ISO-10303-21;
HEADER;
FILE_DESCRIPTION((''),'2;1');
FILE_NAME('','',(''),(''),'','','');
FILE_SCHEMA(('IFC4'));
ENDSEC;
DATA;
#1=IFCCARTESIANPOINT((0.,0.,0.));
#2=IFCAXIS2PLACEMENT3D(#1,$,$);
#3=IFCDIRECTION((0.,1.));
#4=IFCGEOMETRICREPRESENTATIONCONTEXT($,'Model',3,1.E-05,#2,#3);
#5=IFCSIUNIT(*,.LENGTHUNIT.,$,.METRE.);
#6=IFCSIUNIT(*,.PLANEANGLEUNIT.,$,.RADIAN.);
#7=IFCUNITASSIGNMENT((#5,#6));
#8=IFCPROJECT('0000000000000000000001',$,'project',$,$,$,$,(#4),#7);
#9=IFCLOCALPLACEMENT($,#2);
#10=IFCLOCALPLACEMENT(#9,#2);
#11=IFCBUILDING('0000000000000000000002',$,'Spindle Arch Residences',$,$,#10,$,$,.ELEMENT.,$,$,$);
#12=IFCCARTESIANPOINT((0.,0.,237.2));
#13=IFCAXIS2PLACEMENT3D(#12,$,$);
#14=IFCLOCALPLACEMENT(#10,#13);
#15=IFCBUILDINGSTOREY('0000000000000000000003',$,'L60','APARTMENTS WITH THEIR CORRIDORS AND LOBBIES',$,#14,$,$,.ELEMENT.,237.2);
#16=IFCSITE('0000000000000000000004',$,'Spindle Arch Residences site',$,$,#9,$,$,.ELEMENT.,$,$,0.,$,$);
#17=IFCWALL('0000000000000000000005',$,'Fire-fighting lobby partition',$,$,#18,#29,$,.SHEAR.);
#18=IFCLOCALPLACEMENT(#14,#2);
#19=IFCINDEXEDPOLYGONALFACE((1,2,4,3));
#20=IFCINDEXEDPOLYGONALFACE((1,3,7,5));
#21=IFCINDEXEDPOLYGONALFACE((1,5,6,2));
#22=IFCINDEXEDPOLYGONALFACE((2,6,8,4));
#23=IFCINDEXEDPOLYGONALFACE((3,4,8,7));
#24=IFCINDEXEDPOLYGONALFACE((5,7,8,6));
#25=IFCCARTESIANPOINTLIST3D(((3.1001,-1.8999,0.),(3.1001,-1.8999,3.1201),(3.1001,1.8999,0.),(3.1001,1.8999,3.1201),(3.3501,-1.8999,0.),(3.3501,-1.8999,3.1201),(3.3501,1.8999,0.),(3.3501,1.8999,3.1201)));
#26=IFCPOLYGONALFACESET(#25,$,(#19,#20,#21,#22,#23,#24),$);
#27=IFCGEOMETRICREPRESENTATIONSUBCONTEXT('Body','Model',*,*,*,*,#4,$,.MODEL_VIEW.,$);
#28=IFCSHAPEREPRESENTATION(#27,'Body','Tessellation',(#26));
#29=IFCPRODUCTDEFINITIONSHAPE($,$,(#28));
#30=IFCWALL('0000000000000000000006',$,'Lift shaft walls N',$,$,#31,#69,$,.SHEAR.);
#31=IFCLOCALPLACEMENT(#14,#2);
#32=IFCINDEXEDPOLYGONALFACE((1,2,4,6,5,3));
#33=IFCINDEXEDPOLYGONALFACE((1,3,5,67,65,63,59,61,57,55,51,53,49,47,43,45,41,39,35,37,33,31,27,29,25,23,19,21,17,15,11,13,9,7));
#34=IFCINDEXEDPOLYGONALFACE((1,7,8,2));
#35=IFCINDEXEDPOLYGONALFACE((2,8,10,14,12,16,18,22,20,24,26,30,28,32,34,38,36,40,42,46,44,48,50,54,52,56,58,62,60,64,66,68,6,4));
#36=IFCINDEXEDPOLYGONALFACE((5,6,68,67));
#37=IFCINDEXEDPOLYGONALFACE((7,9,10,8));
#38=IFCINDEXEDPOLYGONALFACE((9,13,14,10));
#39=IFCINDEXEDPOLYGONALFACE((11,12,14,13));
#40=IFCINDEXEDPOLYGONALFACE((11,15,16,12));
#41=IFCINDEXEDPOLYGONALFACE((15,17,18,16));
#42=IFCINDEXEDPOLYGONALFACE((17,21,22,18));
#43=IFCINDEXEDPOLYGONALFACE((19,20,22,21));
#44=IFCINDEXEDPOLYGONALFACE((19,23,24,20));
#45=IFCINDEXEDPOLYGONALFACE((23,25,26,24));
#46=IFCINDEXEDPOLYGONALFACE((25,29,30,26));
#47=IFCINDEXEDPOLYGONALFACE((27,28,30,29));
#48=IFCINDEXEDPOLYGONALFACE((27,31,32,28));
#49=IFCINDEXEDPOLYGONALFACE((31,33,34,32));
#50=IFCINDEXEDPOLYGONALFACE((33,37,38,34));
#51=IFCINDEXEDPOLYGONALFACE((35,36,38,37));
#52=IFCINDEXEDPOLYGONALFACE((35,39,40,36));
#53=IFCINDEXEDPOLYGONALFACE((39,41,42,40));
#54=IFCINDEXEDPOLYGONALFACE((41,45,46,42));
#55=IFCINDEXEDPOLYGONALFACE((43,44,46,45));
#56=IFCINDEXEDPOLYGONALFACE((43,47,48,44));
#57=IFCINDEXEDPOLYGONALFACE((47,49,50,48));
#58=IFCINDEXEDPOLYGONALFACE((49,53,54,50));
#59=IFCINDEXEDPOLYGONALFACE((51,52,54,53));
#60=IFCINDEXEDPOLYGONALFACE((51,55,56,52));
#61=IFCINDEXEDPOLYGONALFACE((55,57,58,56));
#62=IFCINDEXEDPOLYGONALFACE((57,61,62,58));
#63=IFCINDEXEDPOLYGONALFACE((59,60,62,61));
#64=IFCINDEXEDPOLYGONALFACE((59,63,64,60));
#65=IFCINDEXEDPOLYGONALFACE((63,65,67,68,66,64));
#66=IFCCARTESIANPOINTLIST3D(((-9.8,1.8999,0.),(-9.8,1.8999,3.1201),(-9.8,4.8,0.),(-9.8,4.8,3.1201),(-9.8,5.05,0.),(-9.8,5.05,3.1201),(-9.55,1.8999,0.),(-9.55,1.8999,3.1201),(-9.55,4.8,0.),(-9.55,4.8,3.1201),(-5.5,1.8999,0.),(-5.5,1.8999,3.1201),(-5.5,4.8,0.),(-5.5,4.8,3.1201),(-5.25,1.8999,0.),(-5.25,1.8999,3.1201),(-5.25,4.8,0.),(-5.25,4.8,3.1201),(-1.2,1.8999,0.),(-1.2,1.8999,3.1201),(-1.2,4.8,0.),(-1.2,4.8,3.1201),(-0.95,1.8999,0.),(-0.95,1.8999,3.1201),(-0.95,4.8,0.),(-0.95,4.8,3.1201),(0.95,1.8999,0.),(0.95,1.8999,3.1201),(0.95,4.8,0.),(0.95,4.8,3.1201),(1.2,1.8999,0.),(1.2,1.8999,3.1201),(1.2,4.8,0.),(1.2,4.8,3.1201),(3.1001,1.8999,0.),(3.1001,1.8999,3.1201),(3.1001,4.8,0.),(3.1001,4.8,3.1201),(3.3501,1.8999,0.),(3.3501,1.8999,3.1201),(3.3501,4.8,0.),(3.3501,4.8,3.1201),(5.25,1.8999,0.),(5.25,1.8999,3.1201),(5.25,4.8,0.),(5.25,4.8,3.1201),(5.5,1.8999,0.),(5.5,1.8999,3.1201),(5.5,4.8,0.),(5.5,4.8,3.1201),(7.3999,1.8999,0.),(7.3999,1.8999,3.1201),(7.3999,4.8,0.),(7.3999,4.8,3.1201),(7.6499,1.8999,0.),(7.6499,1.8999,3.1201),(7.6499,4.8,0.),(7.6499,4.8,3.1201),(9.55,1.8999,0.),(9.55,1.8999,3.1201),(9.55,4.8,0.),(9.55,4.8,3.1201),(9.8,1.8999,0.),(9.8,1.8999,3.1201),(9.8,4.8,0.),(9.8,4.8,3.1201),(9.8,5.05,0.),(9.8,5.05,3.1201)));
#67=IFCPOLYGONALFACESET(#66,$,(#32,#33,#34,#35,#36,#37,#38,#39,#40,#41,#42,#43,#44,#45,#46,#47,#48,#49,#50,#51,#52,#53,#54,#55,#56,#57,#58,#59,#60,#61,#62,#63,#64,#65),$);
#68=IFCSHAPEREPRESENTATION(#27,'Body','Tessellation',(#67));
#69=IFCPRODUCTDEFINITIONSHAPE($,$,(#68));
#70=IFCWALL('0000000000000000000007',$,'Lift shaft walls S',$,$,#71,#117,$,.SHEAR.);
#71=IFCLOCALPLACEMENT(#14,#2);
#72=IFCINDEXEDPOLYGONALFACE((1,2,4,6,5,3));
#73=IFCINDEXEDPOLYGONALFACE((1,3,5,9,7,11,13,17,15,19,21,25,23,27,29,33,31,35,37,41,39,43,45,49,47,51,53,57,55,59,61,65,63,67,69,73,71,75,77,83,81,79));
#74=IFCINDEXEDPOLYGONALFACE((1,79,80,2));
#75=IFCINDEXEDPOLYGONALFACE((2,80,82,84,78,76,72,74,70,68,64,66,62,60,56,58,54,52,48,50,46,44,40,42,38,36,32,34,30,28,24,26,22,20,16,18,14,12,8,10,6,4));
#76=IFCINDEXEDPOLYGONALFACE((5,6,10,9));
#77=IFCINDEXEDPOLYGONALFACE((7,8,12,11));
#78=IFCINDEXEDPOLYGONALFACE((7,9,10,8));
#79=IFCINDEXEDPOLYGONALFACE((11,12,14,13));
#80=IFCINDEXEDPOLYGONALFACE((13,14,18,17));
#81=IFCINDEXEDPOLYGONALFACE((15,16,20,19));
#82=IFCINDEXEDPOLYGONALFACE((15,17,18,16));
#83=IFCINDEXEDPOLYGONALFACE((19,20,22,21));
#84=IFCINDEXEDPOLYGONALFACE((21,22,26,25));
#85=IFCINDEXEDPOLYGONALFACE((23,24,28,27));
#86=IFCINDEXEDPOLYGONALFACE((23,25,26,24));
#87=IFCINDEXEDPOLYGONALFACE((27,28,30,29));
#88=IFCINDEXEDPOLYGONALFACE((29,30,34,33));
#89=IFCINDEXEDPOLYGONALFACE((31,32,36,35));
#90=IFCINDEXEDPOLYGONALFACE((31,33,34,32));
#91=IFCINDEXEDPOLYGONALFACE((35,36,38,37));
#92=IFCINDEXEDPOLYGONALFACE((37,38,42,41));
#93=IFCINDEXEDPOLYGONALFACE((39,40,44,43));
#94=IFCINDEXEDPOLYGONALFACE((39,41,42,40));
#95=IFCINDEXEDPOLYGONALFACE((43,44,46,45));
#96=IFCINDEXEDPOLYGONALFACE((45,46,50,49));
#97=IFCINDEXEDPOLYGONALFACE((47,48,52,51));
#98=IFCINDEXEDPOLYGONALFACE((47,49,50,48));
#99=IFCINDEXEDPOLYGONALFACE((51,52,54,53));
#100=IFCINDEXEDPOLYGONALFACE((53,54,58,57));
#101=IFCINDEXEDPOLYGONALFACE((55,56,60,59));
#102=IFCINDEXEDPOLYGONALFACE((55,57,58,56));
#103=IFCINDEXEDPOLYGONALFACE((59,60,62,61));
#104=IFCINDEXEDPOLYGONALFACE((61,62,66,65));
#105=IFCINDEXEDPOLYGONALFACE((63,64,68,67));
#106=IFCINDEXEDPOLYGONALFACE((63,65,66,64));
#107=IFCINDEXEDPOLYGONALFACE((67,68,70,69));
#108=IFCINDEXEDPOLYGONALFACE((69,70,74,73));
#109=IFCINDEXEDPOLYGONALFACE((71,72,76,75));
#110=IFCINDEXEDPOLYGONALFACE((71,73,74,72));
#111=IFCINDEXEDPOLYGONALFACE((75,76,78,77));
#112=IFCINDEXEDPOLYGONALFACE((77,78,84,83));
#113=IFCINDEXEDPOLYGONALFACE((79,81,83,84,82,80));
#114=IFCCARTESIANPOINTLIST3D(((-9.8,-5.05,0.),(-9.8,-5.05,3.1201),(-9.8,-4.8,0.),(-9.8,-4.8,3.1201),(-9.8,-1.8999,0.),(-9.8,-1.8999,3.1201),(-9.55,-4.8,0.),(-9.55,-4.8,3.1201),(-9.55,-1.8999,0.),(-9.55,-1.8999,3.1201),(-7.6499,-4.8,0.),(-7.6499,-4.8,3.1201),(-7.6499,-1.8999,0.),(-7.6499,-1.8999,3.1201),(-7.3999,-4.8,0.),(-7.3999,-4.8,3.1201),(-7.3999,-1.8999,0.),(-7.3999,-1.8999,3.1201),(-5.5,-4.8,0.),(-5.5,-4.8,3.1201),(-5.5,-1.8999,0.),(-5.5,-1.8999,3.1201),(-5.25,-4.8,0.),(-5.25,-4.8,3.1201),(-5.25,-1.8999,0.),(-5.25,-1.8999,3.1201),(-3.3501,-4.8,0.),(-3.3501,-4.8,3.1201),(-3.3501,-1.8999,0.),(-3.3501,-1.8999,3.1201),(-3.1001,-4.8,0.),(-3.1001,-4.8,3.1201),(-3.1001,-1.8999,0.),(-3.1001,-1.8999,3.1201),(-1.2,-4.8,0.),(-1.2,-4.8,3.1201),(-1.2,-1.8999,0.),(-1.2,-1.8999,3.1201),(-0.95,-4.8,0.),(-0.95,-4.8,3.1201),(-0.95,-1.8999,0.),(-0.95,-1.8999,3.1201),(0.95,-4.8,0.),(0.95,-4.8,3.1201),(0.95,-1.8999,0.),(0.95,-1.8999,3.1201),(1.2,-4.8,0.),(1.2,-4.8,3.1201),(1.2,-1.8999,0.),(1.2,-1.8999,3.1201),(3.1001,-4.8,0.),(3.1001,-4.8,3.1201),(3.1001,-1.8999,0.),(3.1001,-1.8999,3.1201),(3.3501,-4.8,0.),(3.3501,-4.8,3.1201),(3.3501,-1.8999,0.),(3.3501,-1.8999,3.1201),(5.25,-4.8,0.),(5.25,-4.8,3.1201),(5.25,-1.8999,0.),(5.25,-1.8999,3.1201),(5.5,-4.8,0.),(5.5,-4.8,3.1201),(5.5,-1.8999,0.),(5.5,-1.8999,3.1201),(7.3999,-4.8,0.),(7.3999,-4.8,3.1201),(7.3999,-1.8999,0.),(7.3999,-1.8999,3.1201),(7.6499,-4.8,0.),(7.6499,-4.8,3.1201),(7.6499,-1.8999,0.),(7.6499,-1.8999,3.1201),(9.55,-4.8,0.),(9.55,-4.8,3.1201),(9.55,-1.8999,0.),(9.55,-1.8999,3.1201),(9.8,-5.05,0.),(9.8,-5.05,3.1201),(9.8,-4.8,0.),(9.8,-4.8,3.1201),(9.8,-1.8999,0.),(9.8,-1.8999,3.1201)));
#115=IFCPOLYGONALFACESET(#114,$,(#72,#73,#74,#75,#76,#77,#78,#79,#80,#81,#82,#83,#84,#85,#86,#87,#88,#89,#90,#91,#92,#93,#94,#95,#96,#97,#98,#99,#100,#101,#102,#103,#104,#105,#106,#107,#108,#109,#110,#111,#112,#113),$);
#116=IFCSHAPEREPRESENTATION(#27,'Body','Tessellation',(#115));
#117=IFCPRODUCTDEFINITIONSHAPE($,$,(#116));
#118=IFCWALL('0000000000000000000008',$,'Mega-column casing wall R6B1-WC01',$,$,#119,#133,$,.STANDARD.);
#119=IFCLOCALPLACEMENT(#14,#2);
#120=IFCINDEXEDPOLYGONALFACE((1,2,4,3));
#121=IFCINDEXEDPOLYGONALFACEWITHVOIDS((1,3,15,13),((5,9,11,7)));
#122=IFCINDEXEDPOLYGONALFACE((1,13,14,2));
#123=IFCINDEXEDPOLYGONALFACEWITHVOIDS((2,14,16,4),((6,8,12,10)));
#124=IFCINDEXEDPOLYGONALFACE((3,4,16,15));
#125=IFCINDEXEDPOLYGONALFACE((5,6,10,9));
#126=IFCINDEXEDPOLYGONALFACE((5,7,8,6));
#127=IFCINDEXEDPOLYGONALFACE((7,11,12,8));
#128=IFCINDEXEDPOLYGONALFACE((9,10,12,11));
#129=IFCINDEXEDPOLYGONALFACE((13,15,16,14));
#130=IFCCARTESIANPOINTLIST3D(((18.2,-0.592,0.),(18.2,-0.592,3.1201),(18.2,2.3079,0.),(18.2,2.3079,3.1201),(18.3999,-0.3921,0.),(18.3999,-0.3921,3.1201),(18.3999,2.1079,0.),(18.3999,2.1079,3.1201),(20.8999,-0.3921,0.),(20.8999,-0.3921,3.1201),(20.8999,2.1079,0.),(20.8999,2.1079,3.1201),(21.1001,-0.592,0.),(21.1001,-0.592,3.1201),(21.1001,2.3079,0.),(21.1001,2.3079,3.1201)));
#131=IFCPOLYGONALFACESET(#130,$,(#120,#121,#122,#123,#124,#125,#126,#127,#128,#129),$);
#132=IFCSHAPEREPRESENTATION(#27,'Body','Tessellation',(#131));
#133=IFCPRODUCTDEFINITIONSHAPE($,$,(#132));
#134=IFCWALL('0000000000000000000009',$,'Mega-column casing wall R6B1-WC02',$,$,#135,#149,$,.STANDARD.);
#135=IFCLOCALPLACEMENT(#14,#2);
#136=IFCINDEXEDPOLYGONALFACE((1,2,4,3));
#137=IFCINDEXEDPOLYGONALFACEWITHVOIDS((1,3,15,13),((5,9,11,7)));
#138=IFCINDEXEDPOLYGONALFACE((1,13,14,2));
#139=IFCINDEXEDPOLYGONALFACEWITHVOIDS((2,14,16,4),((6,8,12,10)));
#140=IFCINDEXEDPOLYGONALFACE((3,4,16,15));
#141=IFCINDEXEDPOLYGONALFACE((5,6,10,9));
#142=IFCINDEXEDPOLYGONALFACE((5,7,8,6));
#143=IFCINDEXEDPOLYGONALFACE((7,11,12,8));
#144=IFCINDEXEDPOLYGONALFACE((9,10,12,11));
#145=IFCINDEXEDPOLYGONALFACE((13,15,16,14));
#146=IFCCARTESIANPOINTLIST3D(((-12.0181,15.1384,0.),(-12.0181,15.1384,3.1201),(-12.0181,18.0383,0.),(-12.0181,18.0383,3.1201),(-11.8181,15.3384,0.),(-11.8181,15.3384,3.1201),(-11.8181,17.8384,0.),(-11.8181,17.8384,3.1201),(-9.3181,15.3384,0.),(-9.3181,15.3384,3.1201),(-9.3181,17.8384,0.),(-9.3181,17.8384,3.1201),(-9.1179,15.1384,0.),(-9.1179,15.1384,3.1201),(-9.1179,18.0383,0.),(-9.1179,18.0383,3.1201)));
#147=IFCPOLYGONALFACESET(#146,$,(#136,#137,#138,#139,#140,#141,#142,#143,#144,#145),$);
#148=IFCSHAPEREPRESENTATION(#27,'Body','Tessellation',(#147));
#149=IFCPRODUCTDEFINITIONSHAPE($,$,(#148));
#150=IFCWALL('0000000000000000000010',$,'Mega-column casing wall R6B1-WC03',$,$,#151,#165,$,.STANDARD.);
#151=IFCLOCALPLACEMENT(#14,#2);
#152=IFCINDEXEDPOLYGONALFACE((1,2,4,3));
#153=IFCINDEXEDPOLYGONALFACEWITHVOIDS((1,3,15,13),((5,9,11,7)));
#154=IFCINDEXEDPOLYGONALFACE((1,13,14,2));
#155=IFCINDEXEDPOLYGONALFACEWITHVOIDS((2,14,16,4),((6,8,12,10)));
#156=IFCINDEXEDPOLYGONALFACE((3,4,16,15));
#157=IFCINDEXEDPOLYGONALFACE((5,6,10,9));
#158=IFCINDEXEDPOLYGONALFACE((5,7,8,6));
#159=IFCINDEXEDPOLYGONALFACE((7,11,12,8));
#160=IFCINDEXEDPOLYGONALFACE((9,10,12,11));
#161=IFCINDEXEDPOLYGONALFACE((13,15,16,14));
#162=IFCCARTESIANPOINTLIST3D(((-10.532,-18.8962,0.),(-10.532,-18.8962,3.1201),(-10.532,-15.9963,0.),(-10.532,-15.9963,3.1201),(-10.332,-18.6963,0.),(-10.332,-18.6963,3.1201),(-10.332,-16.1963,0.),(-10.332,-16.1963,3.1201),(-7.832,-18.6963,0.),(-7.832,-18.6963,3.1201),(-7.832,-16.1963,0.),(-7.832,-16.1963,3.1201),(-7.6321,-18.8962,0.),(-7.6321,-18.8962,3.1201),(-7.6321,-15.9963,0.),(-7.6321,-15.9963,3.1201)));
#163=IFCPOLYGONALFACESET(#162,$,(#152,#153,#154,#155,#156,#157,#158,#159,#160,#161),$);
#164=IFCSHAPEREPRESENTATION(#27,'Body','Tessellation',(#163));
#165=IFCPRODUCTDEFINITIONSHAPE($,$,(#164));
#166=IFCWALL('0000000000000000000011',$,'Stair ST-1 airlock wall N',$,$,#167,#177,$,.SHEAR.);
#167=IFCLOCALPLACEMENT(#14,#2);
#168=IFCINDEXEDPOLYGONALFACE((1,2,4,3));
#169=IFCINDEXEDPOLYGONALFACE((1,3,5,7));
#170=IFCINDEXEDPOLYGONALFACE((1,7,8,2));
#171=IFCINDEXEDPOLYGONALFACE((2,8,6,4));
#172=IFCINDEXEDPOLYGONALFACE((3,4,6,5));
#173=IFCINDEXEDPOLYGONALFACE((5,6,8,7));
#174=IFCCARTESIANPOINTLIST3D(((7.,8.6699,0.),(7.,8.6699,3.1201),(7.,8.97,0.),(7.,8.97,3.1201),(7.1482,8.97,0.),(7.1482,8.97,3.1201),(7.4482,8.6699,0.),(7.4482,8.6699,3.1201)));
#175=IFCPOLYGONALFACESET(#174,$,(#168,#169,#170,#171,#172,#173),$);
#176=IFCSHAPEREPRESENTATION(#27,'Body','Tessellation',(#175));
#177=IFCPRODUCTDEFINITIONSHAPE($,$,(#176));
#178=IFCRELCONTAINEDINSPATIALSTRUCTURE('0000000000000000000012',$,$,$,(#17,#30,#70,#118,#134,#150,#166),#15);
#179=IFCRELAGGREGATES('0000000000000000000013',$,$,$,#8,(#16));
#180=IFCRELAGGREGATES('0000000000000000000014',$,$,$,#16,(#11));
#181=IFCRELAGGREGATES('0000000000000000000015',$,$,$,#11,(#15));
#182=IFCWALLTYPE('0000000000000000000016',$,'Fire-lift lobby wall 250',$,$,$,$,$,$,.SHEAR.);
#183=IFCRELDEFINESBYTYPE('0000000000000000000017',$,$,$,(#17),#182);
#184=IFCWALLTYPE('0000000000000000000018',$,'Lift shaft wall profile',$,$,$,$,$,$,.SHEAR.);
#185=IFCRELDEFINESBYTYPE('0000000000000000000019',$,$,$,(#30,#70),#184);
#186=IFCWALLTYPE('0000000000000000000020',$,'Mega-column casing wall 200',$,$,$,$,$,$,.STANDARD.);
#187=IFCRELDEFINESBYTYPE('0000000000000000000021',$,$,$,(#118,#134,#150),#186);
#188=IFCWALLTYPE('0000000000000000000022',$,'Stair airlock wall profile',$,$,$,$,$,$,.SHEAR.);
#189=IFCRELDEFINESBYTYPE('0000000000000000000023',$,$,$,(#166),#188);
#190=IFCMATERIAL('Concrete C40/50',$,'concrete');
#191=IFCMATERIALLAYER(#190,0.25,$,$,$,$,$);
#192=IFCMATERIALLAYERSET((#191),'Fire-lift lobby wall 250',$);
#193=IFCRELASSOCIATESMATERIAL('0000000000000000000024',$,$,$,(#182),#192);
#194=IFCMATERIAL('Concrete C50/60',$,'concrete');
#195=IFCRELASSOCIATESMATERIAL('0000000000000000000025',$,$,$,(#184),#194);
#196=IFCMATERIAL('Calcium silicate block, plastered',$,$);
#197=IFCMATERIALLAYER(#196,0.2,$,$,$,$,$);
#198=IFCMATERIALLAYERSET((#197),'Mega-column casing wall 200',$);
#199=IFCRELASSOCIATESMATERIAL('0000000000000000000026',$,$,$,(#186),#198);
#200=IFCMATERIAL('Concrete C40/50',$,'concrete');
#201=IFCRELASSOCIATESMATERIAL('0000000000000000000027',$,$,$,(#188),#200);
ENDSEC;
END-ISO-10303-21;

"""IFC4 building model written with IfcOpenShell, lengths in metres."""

from ifc_helpers import new_model, si_unit, direction, frame, frame_2d, origin, place, context, subcontext, project, spatial, polyline, rectangle, outline, extrude, material, layer, layer_set, type_object, element, save


model = new_model("IFC4")

# Units and contexts
model_context = context("Model", 3, precision=1e-05, world=origin(), true_north=direction((0.0, 1.0)))
body_context = subcontext(model_context, "Body", "Model", "MODEL_VIEW")
ifc_project = project(units=[si_unit("LENGTHUNIT", "METRE"), si_unit("PLANEANGLEUNIT", "RADIAN")], contexts=[model_context])

# Site, building, storey
site_placement = place(None, origin())
site = spatial("IfcSite", under=ifc_project, at=site_placement, Name="Spindle Arch Residences site", CompositionType="ELEMENT", RefElevation=0.0)
building_placement = place(site_placement, origin())
building = spatial("IfcBuilding", under=site, at=building_placement, Name="Spindle Arch Residences", CompositionType="ELEMENT")
storey_placement = place(building_placement, frame((0.0, 0.0, 237.2)))
storey = spatial("IfcBuildingStorey", under=building, at=storey_placement, Name="L60", Description="APARTMENTS WITH THEIR CORRIDORS AND LOBBIES", CompositionType="ELEMENT", Elevation=237.2)

# Wall
ifc_material_1 = material(Name="Concrete C40/50", Category="concrete")
ifc_layer_1 = layer(ifc_material_1, 0.25)
ifc_layer_set_1 = layer_set([ifc_layer_1], Name="Fire-lift lobby wall 250")
wall_type_1 = type_object("IfcWallType", Name="Fire-lift lobby wall 250", PredefinedType="SHEAR", material=ifc_layer_set_1)
wall_1_placement = place(storey_placement, frame((3.2251, -1.8999, 0.0), z_axis=(0.0, 0.0, 1.0), x_axis=(0.0, 1.0, 0.0)))
element("IfcWall", 1, at=wall_1_placement, inside=storey, type_object=wall_type_1, Name="Fire-fighting lobby partition", PredefinedType="SHEAR", context=body_context, shape_type="SweptSolid", body=[
    extrude(rectangle(XDim=3.7998, YDim=0.25, at=frame_2d((1.8999, 0.0))), origin(), (0.0, 0.0, 1.0), 3.1201),
])

# Walls
ifc_material_2 = material(Name="Concrete C50/60", Category="concrete")
wall_type_2 = type_object("IfcWallType", Name="Lift shaft wall profile", PredefinedType="SHEAR", material=ifc_material_2)
wall_2_placement = place(storey_placement, origin())
element("IfcWall", 2, at=wall_2_placement, inside=storey, type_object=wall_type_2, Name="Lift shaft walls N", PredefinedType="SHEAR", context=body_context, shape_type="SweptSolid", body=[
    extrude(outline(polyline([(-9.55, 4.8), (-5.5, 4.8), (-5.5, 1.8999), (-5.25, 1.8999), (-5.25, 4.8), (-1.2, 4.8), (-1.2, 1.8999), (-0.95, 1.8999), (-0.95, 4.8), (0.95, 4.8), (0.95, 1.8999), (1.2, 1.8999), (1.2, 4.8), (3.1001, 4.8), (3.1001, 1.8999), (3.3501, 1.8999), (3.3501, 4.8), (5.25, 4.8), (5.25, 1.8999), (5.5, 1.8999), (5.5, 4.8), (7.3999, 4.8), (7.3999, 1.8999), (7.6499, 1.8999), (7.6499, 4.8), (9.55, 4.8), (9.55, 1.8999), (9.8, 1.8999), (9.8, 4.8), (9.8, 5.05), (-9.8, 5.05), (-9.8, 4.8), (-9.8, 1.8999), (-9.55, 1.8999), (-9.55, 4.8)])), origin(), (0.0, 0.0, 1.0), 3.1201),
])
wall_3_placement = place(storey_placement, origin())
element("IfcWall", 3, at=wall_3_placement, inside=storey, type_object=wall_type_2, Name="Lift shaft walls S", PredefinedType="SHEAR", context=body_context, shape_type="SweptSolid", body=[
    extrude(outline(polyline([(9.8, -5.05), (9.8, -4.8), (9.8, -1.8999), (9.55, -1.8999), (9.55, -4.8), (7.6499, -4.8), (7.6499, -1.8999), (7.3999, -1.8999), (7.3999, -4.8), (5.5, -4.8), (5.5, -1.8999), (5.25, -1.8999), (5.25, -4.8), (3.3501, -4.8), (3.3501, -1.8999), (3.1001, -1.8999), (3.1001, -4.8), (1.2, -4.8), (1.2, -1.8999), (0.95, -1.8999), (0.95, -4.8), (-0.95, -4.8), (-0.95, -1.8999), (-1.2, -1.8999), (-1.2, -4.8), (-3.1001, -4.8), (-3.1001, -1.8999), (-3.3501, -1.8999), (-3.3501, -4.8), (-5.25, -4.8), (-5.25, -1.8999), (-5.5, -1.8999), (-5.5, -4.8), (-7.3999, -4.8), (-7.3999, -1.8999), (-7.6499, -1.8999), (-7.6499, -4.8), (-9.55, -4.8), (-9.55, -1.8999), (-9.8, -1.8999), (-9.8, -4.8), (-9.8, -5.05), (9.8, -5.05)])), origin(), (0.0, 0.0, 1.0), 3.1201),
])
ifc_material_3 = material(Name="Calcium silicate block, plastered")
ifc_layer_2 = layer(ifc_material_3, 0.2)
ifc_layer_set_2 = layer_set([ifc_layer_2], Name="Mega-column casing wall 200")
wall_type_3 = type_object("IfcWallType", Name="Mega-column casing wall 200", PredefinedType="STANDARD", material=ifc_layer_set_2)
wall_4_placement = place(storey_placement, origin())
element("IfcWall", 4, at=wall_4_placement, inside=storey, type_object=wall_type_3, Name="Mega-column casing wall R6B1-WC01", PredefinedType="STANDARD", context=body_context, shape_type="SweptSolid", body=[
    extrude(outline(polyline([(21.1001, 2.3079), (21.1001, -0.592), (18.2, -0.592), (18.2, 2.3079), (21.1001, 2.3079)]), holes=[polyline([(18.3999, -0.3921), (20.8999, -0.3921), (20.8999, 2.1079), (18.3999, 2.1079), (18.3999, -0.3921)])]), origin(), (0.0, 0.0, 1.0), 3.1201),
])
wall_5_placement = place(storey_placement, origin())
element("IfcWall", 5, at=wall_5_placement, inside=storey, type_object=wall_type_3, Name="Mega-column casing wall R6B1-WC02", PredefinedType="STANDARD", context=body_context, shape_type="SweptSolid", body=[
    extrude(outline(polyline([(-9.1179, 18.0383), (-9.1179, 15.1384), (-12.0181, 15.1384), (-12.0181, 18.0383), (-9.1179, 18.0383)]), holes=[polyline([(-11.8181, 15.3384), (-9.3181, 15.3384), (-9.3181, 17.8384), (-11.8181, 17.8384), (-11.8181, 15.3384)])]), origin(), (0.0, 0.0, 1.0), 3.1201),
])
wall_6_placement = place(storey_placement, origin())
element("IfcWall", 6, at=wall_6_placement, inside=storey, type_object=wall_type_3, Name="Mega-column casing wall R6B1-WC03", PredefinedType="STANDARD", context=body_context, shape_type="SweptSolid", body=[
    extrude(outline(polyline([(-7.6321, -15.9963), (-7.6321, -18.8962), (-10.532, -18.8962), (-10.532, -15.9963), (-7.6321, -15.9963)]), holes=[polyline([(-10.332, -18.6963), (-7.832, -18.6963), (-7.832, -16.1963), (-10.332, -16.1963), (-10.332, -18.6963)])]), origin(), (0.0, 0.0, 1.0), 3.1201),
])
ifc_material_4 = material(Name="Concrete C40/50", Category="concrete")
wall_type_4 = type_object("IfcWallType", Name="Stair airlock wall profile", PredefinedType="SHEAR", material=ifc_material_4)
wall_7_placement = place(storey_placement, origin())
element("IfcWall", 7, at=wall_7_placement, inside=storey, type_object=wall_type_4, Name="Stair ST-1 airlock wall N", PredefinedType="SHEAR", context=body_context, shape_type="SweptSolid", body=[
    extrude(outline(polyline([(7.4482, 8.6699), (7.0, 8.6699), (7.0, 8.97), (7.1482, 8.97), (7.4482, 8.6699)])), origin(), (0.0, 0.0, 1.0), 3.1201),
])

save(model, "model.ifc")
